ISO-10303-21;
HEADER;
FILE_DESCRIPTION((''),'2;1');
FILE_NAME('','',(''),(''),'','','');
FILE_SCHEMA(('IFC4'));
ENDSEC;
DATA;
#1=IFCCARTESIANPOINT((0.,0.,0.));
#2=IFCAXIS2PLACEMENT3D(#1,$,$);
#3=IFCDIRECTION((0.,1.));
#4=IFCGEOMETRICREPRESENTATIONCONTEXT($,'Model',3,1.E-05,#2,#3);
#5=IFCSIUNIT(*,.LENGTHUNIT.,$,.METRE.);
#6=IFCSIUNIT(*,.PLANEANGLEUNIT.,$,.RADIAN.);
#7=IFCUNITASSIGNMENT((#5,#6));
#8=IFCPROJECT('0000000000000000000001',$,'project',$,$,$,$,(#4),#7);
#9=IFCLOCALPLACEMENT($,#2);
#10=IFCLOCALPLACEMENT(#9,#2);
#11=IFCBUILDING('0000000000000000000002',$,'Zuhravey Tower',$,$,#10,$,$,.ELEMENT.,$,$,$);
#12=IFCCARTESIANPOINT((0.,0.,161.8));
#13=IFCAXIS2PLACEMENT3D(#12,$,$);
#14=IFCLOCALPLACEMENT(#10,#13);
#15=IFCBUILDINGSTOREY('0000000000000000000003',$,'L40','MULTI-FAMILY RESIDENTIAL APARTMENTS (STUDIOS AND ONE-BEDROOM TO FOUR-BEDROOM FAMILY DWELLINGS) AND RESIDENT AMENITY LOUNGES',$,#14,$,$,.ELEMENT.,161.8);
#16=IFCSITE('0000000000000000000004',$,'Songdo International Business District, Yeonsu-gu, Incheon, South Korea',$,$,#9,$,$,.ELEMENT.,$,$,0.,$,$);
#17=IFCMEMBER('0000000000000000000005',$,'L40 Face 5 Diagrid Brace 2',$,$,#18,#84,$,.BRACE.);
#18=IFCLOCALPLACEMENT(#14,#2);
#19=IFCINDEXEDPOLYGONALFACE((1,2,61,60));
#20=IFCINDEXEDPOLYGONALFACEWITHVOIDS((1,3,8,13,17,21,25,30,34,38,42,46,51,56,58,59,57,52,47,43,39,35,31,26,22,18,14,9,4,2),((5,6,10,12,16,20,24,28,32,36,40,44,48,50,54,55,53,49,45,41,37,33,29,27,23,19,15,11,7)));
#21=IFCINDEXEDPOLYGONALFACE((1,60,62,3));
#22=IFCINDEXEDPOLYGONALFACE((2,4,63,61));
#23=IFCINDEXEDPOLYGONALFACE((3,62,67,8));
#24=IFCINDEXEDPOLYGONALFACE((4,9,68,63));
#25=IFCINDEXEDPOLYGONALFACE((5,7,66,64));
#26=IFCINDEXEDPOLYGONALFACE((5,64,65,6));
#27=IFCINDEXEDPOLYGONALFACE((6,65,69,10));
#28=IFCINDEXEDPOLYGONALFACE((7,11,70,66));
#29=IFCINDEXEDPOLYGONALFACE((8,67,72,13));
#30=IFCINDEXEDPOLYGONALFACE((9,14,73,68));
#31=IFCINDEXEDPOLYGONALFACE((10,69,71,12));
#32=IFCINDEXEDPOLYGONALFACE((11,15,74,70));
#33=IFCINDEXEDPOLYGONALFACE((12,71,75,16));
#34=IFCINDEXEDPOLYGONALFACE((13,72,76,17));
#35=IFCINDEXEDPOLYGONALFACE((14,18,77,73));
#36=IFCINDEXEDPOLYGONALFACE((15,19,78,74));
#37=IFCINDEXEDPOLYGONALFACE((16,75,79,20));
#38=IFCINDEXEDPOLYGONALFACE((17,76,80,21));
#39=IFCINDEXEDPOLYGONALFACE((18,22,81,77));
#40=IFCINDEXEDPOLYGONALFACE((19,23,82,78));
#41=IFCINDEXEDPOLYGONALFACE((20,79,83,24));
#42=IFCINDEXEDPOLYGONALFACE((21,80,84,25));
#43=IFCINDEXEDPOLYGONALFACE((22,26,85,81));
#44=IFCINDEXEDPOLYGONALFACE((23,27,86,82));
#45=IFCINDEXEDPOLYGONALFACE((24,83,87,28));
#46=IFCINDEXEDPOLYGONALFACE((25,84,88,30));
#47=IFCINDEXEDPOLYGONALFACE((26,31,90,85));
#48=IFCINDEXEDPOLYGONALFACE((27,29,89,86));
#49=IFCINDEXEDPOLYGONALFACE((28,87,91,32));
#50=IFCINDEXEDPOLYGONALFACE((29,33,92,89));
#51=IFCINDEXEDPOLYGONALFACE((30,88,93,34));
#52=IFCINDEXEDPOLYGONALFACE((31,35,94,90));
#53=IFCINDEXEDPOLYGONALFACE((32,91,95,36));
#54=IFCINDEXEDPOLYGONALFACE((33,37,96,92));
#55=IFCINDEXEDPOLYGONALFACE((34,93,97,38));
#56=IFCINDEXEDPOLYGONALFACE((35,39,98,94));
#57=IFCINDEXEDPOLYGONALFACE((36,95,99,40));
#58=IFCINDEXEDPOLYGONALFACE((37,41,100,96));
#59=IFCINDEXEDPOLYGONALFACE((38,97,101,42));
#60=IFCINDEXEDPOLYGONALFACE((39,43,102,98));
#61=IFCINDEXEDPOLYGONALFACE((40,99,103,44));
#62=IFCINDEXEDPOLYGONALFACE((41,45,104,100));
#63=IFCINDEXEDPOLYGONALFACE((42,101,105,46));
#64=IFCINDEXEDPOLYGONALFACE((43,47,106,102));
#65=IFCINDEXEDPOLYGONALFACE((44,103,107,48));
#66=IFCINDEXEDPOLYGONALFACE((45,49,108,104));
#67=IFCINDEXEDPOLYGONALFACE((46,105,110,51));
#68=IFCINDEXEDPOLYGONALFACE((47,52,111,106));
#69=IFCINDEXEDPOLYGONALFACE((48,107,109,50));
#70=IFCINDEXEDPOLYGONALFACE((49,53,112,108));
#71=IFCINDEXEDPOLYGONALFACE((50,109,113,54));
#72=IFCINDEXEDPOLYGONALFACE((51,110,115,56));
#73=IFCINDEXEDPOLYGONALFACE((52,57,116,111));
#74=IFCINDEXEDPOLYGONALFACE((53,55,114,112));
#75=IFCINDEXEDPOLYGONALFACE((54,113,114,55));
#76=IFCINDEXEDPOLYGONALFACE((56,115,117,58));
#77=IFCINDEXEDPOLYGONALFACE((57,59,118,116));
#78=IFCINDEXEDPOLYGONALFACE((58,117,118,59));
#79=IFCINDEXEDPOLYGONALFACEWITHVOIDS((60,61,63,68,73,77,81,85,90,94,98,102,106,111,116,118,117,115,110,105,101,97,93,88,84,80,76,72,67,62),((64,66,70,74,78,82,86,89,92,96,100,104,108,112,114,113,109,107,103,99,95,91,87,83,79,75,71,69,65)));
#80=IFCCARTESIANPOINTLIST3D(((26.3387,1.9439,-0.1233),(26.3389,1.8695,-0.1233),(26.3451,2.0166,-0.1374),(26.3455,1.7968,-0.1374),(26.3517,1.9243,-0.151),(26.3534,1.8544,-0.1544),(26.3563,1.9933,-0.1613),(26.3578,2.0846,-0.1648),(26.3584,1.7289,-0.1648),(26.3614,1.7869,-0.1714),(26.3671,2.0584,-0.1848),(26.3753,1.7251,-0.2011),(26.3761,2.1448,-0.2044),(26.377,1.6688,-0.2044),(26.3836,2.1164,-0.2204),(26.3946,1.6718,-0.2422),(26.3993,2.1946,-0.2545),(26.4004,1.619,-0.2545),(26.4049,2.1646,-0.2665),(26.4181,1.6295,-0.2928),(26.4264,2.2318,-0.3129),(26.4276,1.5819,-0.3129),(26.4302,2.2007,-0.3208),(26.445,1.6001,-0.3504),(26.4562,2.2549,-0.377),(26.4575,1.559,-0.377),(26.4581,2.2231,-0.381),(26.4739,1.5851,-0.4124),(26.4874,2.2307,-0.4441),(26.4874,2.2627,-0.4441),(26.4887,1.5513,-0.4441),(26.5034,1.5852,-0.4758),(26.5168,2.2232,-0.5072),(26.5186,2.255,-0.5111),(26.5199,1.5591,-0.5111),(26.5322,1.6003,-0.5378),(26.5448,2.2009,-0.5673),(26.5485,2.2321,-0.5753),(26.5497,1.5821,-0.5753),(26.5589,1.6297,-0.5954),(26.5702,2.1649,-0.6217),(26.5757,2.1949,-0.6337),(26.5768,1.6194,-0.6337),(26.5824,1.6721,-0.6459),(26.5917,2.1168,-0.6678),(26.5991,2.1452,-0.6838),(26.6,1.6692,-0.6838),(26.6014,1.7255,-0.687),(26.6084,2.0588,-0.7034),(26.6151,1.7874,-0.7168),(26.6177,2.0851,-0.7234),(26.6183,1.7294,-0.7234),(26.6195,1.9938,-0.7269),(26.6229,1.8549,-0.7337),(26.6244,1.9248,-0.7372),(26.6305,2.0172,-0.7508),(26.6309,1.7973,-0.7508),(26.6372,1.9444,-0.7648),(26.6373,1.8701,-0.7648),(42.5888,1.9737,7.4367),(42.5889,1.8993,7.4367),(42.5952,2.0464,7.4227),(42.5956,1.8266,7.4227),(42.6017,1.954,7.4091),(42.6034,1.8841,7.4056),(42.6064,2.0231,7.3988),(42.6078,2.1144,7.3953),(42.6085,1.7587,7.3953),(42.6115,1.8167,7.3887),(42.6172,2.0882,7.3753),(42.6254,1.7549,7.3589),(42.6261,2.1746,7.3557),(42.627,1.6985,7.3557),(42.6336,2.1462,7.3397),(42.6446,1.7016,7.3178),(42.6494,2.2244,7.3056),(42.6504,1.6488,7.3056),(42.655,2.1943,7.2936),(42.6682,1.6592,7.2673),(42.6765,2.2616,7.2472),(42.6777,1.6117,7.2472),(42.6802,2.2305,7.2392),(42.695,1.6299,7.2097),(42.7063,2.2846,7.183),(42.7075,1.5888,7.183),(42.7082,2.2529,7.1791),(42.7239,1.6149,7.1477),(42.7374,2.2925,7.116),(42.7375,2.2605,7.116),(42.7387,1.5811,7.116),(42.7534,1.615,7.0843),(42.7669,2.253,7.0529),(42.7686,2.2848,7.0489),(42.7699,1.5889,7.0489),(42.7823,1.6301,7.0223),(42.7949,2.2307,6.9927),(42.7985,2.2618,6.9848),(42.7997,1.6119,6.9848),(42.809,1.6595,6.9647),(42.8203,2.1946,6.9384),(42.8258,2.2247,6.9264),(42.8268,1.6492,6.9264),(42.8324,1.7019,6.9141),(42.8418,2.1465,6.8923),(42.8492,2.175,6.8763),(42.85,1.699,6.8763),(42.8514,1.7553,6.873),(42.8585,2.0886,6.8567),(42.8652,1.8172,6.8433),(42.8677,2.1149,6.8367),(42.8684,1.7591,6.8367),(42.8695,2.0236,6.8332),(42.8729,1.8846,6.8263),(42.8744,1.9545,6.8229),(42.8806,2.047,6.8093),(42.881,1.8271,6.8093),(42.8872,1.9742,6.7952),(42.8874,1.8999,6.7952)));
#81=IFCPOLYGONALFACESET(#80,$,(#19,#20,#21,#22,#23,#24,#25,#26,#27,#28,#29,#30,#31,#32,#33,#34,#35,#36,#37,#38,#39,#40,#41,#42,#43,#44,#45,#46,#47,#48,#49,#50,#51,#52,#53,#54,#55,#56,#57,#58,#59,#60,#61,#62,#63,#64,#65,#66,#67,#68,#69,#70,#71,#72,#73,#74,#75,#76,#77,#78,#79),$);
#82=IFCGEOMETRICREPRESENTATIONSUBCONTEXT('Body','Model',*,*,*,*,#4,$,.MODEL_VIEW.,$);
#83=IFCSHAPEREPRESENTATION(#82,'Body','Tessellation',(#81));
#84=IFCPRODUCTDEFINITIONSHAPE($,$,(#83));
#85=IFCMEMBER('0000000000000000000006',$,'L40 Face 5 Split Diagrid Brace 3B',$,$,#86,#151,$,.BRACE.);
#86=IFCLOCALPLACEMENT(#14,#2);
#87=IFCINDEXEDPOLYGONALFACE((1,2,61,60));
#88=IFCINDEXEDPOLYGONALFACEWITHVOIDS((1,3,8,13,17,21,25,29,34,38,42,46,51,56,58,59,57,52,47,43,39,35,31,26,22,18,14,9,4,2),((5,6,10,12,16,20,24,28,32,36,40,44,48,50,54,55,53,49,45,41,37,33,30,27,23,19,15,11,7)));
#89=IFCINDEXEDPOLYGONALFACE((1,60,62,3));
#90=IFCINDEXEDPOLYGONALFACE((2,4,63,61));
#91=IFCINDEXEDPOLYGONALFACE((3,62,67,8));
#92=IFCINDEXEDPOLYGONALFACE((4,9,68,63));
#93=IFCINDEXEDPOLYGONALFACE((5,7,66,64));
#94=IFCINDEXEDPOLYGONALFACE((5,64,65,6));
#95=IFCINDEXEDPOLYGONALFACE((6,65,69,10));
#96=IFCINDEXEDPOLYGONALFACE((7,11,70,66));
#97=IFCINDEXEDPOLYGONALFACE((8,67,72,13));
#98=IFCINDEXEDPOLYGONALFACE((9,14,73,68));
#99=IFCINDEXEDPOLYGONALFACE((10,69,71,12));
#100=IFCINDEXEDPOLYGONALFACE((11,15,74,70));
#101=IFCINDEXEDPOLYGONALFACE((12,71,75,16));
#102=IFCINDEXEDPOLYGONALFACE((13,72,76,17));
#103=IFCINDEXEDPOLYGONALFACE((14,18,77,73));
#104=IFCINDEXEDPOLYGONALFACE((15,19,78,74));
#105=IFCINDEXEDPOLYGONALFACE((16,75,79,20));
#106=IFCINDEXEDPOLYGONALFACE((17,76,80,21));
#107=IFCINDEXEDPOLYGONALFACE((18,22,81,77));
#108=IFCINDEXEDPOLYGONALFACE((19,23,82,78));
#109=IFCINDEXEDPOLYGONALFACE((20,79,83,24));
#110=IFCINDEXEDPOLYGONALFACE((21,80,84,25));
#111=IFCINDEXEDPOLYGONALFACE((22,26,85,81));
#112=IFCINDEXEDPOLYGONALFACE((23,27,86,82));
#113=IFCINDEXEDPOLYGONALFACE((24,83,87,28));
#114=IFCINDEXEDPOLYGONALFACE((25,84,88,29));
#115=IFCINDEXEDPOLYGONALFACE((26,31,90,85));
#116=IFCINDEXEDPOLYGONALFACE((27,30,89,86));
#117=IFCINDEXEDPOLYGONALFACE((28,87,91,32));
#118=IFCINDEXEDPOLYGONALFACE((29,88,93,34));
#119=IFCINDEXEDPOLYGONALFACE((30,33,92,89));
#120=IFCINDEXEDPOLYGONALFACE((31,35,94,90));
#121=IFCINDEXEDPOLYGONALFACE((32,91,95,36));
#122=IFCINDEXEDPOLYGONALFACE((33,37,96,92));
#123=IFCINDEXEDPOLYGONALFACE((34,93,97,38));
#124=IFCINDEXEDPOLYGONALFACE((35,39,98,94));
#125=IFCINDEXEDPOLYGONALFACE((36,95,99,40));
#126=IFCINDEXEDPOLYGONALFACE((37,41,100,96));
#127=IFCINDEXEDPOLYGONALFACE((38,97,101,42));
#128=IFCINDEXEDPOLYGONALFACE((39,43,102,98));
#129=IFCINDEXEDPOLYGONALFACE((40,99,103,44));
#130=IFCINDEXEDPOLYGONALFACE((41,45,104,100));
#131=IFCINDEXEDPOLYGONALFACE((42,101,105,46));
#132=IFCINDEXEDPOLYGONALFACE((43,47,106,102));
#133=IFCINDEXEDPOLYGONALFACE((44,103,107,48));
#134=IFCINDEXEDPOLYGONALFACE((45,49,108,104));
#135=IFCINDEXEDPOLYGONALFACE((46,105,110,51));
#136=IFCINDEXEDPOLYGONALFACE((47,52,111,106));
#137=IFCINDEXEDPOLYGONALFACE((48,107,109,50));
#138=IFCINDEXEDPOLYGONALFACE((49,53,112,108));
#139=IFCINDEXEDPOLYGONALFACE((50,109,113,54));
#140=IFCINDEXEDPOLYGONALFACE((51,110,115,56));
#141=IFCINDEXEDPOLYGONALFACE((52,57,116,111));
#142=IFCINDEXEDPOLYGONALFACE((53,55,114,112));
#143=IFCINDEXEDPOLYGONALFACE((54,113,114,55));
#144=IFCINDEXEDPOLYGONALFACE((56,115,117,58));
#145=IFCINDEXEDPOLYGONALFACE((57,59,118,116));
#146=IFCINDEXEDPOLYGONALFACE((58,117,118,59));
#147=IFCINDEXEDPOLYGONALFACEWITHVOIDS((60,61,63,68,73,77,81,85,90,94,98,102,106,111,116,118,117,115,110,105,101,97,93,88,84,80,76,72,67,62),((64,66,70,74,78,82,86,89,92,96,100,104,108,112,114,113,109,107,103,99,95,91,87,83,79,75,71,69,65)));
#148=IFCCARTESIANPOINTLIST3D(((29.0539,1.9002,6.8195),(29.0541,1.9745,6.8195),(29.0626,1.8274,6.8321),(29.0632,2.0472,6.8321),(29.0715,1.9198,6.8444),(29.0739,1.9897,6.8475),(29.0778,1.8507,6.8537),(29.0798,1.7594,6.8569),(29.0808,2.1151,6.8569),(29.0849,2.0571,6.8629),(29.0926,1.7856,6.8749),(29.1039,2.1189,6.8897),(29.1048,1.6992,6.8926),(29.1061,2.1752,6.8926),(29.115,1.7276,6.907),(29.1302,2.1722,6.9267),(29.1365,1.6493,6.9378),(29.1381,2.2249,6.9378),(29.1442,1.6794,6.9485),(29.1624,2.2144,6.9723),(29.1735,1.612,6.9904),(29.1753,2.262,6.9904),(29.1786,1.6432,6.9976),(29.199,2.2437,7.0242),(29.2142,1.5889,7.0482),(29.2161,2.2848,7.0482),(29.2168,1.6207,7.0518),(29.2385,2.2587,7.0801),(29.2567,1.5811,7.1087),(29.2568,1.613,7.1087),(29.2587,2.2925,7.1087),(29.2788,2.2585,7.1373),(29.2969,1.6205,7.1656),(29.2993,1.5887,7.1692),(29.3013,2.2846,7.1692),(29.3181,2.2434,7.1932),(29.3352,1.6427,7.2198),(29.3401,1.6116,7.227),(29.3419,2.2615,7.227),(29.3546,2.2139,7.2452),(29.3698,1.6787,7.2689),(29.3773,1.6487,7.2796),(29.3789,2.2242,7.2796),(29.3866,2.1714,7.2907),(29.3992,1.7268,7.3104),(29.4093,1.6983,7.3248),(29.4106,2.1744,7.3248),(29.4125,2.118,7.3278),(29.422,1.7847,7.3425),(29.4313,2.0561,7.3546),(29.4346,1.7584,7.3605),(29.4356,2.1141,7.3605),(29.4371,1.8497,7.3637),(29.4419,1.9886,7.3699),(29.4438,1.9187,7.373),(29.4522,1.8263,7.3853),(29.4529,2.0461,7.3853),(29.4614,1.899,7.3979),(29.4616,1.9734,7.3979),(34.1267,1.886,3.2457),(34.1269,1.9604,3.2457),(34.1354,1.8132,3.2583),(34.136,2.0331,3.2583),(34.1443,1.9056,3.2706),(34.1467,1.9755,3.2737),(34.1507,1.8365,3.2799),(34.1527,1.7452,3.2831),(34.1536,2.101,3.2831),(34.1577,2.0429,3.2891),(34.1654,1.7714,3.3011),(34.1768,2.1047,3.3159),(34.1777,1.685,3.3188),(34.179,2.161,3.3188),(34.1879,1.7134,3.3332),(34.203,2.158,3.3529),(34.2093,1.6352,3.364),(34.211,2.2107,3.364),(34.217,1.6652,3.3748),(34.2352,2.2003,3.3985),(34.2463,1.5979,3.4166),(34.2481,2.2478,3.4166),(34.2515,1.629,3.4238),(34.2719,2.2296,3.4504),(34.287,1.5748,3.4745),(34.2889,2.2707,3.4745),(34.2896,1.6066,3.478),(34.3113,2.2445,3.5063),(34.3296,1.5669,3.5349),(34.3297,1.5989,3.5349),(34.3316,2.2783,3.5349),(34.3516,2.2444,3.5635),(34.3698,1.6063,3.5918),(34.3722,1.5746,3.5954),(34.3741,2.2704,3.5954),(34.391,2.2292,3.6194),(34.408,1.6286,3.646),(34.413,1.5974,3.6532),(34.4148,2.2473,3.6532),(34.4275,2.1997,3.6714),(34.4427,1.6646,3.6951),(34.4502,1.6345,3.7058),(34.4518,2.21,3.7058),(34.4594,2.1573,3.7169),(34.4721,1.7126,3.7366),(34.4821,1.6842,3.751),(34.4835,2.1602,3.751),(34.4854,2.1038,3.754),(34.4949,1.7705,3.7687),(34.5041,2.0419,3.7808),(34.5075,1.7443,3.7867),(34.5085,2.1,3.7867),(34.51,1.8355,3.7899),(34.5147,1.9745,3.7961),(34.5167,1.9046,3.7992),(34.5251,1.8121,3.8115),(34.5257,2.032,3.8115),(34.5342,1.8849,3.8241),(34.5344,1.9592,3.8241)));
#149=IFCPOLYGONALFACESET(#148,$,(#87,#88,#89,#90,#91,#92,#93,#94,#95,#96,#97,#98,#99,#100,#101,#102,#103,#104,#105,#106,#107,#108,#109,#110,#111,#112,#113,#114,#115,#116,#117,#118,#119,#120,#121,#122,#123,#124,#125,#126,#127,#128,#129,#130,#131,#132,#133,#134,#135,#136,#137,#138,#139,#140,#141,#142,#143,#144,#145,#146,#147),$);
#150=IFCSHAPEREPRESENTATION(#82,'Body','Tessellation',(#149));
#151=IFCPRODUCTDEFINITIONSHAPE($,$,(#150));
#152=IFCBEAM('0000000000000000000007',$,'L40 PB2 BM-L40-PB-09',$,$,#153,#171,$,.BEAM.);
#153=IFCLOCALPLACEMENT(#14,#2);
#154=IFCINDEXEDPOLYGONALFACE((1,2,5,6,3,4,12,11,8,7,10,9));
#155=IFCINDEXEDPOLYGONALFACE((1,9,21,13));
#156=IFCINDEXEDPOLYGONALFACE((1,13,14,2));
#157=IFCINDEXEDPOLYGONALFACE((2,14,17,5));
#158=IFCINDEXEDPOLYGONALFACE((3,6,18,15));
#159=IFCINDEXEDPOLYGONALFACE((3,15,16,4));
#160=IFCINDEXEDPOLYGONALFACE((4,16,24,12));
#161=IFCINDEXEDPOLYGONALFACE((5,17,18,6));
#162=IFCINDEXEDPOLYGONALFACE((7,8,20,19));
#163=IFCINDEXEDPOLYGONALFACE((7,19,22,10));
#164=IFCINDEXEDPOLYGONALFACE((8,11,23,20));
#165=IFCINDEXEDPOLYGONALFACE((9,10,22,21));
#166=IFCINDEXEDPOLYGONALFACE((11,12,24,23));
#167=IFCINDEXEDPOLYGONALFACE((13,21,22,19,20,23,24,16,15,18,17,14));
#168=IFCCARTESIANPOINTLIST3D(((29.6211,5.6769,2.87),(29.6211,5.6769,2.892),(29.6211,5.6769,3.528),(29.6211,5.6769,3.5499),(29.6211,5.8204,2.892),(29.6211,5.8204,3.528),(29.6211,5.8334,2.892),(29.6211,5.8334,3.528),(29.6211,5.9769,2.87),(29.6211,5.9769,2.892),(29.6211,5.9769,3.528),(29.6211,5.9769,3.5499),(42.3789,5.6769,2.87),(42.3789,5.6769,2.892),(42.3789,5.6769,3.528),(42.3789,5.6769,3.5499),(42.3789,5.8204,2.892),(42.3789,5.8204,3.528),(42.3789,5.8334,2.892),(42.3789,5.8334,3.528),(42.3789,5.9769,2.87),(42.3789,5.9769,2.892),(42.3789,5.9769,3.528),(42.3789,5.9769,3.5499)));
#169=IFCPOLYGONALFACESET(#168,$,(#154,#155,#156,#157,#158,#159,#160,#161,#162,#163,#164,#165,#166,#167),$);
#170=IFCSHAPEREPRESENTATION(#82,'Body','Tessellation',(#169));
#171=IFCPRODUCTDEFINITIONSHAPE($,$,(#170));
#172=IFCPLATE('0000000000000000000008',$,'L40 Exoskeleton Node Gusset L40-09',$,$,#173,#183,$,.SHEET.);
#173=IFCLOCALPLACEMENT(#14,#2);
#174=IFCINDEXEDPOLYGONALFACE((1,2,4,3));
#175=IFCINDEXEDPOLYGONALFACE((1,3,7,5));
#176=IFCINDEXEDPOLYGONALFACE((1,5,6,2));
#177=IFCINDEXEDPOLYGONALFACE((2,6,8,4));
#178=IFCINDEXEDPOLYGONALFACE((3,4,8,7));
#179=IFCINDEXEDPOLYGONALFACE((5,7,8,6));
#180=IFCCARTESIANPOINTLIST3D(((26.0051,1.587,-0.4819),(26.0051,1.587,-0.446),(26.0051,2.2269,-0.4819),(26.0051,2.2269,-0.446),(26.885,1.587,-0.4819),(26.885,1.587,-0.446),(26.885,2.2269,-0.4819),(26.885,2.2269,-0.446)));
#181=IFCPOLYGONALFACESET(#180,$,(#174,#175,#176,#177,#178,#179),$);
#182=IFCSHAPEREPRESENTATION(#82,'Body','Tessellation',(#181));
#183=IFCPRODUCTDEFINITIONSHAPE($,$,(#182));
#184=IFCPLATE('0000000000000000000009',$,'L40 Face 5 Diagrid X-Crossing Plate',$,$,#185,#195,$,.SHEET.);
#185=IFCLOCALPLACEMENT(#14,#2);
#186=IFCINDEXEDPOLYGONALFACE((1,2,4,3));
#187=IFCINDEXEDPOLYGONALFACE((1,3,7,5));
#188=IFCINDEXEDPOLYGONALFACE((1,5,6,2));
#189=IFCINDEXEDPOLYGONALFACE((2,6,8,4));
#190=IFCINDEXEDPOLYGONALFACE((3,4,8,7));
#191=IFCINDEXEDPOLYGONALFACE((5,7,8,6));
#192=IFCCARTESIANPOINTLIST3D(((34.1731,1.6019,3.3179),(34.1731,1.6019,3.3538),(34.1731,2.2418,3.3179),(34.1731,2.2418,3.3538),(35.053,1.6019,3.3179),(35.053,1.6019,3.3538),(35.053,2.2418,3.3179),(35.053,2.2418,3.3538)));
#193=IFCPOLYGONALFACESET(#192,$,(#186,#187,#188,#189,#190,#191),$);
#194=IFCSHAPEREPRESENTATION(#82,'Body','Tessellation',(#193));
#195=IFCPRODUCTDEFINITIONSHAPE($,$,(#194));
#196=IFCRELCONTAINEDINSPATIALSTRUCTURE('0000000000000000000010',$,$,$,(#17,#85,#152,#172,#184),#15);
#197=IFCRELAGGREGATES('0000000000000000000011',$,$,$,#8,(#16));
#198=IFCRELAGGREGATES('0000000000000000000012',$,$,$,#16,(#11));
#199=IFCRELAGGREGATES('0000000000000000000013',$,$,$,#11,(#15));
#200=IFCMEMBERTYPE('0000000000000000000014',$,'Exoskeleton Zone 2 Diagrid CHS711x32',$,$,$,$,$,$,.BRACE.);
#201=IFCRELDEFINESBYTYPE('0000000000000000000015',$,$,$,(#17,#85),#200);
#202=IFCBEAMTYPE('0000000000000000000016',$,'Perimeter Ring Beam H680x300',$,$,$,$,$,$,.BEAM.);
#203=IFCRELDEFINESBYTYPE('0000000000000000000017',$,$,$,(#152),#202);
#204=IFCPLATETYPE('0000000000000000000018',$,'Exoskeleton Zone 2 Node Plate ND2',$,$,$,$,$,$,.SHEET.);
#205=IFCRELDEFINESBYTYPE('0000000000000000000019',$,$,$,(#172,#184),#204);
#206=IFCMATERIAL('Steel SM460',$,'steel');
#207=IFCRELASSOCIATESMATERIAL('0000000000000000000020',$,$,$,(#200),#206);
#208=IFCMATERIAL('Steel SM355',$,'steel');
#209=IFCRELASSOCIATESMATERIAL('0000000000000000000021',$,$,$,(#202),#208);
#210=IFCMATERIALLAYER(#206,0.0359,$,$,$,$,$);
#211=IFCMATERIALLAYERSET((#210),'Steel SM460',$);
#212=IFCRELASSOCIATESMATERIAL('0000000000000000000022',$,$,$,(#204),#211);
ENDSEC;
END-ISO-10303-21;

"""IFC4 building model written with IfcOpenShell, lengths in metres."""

from ifc_helpers import new_model, si_unit, direction, frame, origin, origin_2d, place, context, subcontext, project, spatial, rectangle, hollow_circle, i_section, extrude, material, layer, layer_set, material_profile, profile_set, type_object, element, save


model = new_model("IFC4")

# Units and contexts
model_context = context("Model", 3, precision=1e-05, world=origin(), true_north=direction((0.0, 1.0)))
body_context = subcontext(model_context, "Body", "Model", "MODEL_VIEW")
ifc_project = project(units=[si_unit("LENGTHUNIT", "METRE"), si_unit("PLANEANGLEUNIT", "RADIAN")], contexts=[model_context])

# Site, building, storey
site_placement = place(None, origin())
site = spatial("IfcSite", under=ifc_project, at=site_placement, Name="Songdo International Business District, Yeonsu-gu, Incheon, South Korea", CompositionType="ELEMENT", RefElevation=0.0)
building_placement = place(site_placement, origin())
building = spatial("IfcBuilding", under=site, at=building_placement, Name="Zuhravey Tower", CompositionType="ELEMENT")
storey_placement = place(building_placement, frame((0.0, 0.0, 161.8)))
storey = spatial("IfcBuildingStorey", under=building, at=storey_placement, Name="L40", Description="MULTI-FAMILY RESIDENTIAL APARTMENTS (STUDIOS AND ONE-BEDROOM TO FOUR-BEDROOM FAMILY DWELLINGS) AND RESIDENT AMENITY LOUNGES", CompositionType="ELEMENT", Elevation=161.8)

# Members
ifc_material_1 = material(Name="Steel SM355", Category="steel")
ifc_material_2 = material(Name="Steel SM460", Category="steel")
ifc_material_profile_1 = material_profile(ifc_material_2, hollow_circle(Radius=0.3557, WallThickness=0.032, at=origin_2d()), Name="CHS-711.2x32")
ifc_profile_set_1 = profile_set([ifc_material_profile_1], Name="Steel SM460")
member_type_1 = type_object("IfcMemberType", Name="Exoskeleton Zone 2 Diagrid CHS711x32", PredefinedType="BRACE", material=ifc_profile_set_1)
member_1_placement = place(storey_placement, frame((26.488, 1.907, -0.4441), z_axis=(0.906679, 0.001662, 0.421818), x_axis=(-0.001833, 0.999998, 0.0)))
element("IfcMember", 1, at=member_1_placement, inside=storey, type_object=member_type_1, Name="L40 Face 5 Diagrid Brace 2", PredefinedType="BRACE", context=body_context, shape_type="SweptSolid", body=[
    extrude(hollow_circle(Radius=0.3557, WallThickness=0.032, at=origin_2d()), origin(), (0.0, 0.0, 1.0), 17.9226),
])
member_2_placement = place(storey_placement, frame((34.3306, 1.9226, 3.5349), z_axis=(-0.8175, 0.002282, 0.575925), x_axis=(-0.002791, -0.999996, 0.0)))
element("IfcMember", 2, at=member_2_placement, inside=storey, type_object=member_type_1, Name="L40 Face 5 Split Diagrid Brace 3B", PredefinedType="BRACE", context=body_context, shape_type="SweptSolid", body=[
    extrude(hollow_circle(Radius=0.3557, WallThickness=0.032, at=origin_2d()), origin(), (0.0, 0.0, 1.0), 6.2053),
])

# Beam
ifc_material_profile_2 = material_profile(ifc_material_1, i_section(OverallWidth=0.3, OverallDepth=0.6799, WebThickness=0.0129, FlangeThickness=0.022, at=origin_2d()), Name="H-680x300x13x22")
ifc_profile_set_2 = profile_set([ifc_material_profile_2], Name="Steel SM355")
beam_type = type_object("IfcBeamType", Name="Perimeter Ring Beam H680x300", PredefinedType="BEAM", material=ifc_profile_set_2)
beam_placement = place(storey_placement, frame((29.6211, 5.8269, 3.21), z_axis=(1.0, 0.0, 0.0), x_axis=(0.0, 1.0, 0.0)))
element("IfcBeam", 3, at=beam_placement, inside=storey, type_object=beam_type, Name="L40 PB2 BM-L40-PB-09", PredefinedType="BEAM", context=body_context, shape_type="SweptSolid", body=[
    extrude(i_section(OverallWidth=0.3, OverallDepth=0.6799, WebThickness=0.0129, FlangeThickness=0.022, at=origin_2d()), origin(), (0.0, 0.0, 1.0), 12.7578),
])

# Plates
ifc_layer_1 = layer(ifc_material_2, 0.0359)
ifc_layer_set_1 = layer_set([ifc_layer_1], Name="Steel SM460")
plate_type_1 = type_object("IfcPlateType", Name="Exoskeleton Zone 2 Node Plate ND2", PredefinedType="SHEET", material=ifc_layer_set_1)
for number, where, z_axis, x_axis, name in (
    (4, (26.4451, 1.907, -0.4819), (0.0, 0.0, 1.0), (1.0, 0.0, 0.0), "L40 Exoskeleton Node Gusset L40-09"),
    (5, (34.613, 1.9219, 3.3179), (0.0, 0.0, 1.0), (1.0, 0.0, 0.0), "L40 Face 5 Diagrid X-Crossing Plate"),
):
    element("IfcPlate", number, at=place(storey_placement, frame(where, z_axis=z_axis, x_axis=x_axis)), inside=storey, type_object=plate_type_1, Name=name, PredefinedType="SHEET", context=body_context, shape_type="SweptSolid", body=[
        extrude(rectangle(XDim=0.8799, YDim=0.6399, at=origin_2d()), origin(), (0.0, 0.0, 1.0), 0.0359),
    ])

save(model, "model.ifc")
